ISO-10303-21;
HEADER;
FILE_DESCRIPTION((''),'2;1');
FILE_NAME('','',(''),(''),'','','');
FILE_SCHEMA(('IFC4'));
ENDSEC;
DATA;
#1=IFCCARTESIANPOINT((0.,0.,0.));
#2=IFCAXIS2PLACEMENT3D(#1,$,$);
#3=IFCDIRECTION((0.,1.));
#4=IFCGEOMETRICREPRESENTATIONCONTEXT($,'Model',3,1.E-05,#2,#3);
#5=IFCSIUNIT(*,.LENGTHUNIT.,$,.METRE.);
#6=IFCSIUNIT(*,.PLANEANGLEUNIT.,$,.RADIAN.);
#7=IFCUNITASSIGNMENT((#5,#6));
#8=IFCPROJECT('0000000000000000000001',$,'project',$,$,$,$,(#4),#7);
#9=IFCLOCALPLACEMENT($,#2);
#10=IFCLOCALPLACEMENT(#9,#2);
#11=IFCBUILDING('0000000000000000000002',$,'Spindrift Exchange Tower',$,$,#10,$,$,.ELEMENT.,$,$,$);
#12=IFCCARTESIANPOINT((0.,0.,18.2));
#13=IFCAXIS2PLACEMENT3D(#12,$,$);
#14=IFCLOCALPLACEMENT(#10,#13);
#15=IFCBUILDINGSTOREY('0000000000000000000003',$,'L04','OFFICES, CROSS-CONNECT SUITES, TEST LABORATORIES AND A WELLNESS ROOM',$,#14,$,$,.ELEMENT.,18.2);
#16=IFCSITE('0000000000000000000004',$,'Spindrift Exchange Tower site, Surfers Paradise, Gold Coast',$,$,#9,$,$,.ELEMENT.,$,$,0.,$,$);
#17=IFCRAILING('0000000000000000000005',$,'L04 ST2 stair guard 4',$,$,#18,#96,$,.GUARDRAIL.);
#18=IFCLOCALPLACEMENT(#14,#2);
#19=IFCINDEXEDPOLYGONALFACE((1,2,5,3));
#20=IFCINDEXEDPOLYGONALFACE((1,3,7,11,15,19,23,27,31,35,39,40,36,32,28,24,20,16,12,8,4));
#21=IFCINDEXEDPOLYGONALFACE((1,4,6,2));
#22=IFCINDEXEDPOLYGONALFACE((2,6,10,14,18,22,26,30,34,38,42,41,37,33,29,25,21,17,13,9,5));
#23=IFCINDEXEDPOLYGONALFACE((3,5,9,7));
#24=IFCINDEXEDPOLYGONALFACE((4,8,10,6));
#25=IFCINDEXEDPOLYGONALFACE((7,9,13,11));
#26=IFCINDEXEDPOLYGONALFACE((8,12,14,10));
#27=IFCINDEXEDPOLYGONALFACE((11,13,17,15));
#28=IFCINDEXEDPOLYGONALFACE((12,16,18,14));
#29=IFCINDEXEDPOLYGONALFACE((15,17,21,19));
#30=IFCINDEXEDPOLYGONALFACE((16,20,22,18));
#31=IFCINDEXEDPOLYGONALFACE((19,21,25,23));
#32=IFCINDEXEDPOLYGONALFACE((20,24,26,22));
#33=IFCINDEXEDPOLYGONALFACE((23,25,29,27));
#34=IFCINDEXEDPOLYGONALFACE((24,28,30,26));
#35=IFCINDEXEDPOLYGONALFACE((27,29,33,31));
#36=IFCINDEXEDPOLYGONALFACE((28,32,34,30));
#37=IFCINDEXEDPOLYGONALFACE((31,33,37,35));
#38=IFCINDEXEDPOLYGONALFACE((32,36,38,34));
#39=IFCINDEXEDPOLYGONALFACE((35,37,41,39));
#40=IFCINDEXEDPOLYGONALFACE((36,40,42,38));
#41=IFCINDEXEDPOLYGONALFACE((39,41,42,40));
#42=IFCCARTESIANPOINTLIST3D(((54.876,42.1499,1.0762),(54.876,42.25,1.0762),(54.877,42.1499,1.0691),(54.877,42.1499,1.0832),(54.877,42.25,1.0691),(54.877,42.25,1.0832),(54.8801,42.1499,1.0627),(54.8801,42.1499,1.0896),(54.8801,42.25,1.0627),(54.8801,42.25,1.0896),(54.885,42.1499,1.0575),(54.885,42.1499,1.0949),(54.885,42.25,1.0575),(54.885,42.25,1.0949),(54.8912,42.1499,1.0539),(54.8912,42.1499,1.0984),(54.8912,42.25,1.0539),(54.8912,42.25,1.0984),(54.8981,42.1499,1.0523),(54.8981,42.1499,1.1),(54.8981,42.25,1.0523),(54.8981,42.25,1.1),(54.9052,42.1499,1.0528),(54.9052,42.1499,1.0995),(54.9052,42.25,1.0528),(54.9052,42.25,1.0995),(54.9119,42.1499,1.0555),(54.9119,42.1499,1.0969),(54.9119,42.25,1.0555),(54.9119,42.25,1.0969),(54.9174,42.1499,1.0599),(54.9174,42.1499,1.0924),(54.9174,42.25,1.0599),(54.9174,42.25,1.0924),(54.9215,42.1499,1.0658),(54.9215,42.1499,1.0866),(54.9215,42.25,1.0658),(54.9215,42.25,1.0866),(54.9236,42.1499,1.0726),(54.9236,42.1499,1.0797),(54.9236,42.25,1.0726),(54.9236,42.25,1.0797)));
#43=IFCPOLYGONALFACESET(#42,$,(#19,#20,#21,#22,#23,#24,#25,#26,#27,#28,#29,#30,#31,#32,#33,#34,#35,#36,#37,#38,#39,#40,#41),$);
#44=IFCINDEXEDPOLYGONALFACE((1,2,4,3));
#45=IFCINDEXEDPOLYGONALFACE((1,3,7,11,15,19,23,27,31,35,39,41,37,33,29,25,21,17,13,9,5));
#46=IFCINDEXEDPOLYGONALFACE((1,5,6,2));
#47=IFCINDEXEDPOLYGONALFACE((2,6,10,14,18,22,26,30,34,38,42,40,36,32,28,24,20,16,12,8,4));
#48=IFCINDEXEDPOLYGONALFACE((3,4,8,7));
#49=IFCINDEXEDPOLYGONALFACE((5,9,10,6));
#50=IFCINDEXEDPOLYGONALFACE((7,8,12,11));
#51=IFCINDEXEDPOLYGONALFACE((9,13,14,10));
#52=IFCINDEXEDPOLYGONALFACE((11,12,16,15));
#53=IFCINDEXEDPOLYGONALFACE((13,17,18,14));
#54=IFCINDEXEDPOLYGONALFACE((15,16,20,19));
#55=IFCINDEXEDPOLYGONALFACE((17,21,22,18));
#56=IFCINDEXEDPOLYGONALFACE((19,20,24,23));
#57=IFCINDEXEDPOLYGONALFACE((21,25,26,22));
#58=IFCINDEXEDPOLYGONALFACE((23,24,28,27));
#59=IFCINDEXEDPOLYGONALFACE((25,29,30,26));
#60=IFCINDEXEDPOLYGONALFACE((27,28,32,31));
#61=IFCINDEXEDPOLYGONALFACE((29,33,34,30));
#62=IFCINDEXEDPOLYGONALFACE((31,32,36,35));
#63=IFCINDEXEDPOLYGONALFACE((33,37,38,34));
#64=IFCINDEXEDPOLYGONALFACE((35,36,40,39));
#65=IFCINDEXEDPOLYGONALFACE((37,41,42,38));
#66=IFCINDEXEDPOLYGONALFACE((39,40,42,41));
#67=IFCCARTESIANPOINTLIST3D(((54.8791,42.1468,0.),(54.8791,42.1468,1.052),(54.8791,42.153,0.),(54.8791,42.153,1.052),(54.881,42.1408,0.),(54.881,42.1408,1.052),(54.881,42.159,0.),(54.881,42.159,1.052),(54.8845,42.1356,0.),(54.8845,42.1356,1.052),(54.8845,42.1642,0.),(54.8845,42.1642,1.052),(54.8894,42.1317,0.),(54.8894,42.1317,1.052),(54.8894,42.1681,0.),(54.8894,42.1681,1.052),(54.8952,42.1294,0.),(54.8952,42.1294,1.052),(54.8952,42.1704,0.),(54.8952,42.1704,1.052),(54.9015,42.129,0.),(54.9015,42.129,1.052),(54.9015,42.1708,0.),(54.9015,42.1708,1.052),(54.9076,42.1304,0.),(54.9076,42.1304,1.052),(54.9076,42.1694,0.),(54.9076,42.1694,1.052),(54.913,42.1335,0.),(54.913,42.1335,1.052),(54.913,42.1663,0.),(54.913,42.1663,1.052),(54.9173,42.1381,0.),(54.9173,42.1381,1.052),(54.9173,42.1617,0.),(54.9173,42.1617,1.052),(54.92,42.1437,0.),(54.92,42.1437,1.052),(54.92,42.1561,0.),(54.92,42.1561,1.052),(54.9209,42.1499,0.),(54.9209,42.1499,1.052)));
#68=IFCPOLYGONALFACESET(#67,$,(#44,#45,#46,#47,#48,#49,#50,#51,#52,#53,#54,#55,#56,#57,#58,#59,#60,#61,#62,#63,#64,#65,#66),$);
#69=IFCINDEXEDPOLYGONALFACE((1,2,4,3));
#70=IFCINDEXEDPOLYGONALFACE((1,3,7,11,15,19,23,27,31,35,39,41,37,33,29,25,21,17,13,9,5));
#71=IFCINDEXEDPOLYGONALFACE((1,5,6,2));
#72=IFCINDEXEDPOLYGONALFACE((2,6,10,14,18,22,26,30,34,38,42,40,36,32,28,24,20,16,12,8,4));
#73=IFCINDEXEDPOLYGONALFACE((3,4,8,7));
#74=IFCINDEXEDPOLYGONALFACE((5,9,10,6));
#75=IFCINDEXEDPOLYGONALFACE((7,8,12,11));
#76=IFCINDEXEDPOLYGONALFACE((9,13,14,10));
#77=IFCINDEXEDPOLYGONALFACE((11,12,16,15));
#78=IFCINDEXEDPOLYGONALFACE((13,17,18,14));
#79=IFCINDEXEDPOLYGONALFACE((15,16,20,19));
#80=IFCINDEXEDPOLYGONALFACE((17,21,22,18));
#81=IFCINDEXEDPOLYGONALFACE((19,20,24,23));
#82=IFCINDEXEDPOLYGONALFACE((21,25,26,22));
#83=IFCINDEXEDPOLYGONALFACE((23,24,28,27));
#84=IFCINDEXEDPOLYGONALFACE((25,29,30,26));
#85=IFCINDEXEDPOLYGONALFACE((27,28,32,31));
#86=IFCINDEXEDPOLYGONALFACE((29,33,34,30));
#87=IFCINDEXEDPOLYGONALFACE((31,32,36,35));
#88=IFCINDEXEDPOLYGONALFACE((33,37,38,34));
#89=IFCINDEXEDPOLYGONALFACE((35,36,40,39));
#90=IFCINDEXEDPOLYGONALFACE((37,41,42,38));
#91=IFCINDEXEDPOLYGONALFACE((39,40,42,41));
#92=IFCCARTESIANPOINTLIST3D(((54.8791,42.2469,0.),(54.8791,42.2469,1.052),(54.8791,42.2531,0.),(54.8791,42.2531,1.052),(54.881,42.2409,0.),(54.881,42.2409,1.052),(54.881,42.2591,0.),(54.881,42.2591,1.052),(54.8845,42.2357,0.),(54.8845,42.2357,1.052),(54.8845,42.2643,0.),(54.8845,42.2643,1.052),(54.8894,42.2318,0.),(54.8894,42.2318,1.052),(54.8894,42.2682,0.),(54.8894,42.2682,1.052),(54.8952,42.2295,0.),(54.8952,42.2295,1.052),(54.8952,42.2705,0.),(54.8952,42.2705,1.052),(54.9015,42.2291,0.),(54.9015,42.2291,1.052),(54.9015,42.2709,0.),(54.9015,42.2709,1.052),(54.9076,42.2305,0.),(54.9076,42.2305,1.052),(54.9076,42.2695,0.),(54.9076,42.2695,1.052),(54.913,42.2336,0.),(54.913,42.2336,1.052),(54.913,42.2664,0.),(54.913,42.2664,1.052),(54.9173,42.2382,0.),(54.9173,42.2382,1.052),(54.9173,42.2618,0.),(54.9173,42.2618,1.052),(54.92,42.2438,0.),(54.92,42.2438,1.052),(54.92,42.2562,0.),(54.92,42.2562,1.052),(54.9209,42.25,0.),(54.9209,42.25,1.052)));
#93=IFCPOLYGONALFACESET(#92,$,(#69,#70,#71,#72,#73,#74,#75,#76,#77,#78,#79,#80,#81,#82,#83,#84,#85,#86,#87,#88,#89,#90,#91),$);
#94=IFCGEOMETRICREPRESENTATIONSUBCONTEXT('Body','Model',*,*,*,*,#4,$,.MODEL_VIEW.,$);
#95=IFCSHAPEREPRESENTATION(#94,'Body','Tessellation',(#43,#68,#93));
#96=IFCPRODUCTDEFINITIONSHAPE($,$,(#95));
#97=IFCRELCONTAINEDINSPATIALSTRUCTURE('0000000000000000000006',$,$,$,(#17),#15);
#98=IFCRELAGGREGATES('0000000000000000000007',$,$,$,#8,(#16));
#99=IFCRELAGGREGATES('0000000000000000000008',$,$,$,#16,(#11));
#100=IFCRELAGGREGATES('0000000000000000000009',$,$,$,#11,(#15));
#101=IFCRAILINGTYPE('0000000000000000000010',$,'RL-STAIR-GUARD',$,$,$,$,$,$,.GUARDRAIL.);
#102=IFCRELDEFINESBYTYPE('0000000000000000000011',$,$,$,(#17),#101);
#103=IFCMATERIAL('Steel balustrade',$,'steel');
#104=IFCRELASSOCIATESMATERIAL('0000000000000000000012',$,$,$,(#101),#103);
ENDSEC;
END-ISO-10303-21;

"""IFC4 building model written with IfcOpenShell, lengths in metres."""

from ifc_helpers import new_model, si_unit, direction, frame, origin, origin_2d, place, context, subcontext, project, spatial, circle, extrude, material, type_object, element, save


model = new_model("IFC4")

# Units and contexts
model_context = context("Model", 3, precision=1e-05, world=origin(), true_north=direction((0.0, 1.0)))
body_context = subcontext(model_context, "Body", "Model", "MODEL_VIEW")
ifc_project = project(units=[si_unit("LENGTHUNIT", "METRE"), si_unit("PLANEANGLEUNIT", "RADIAN")], contexts=[model_context])

# Site, building, storey
site_placement = place(None, origin())
site = spatial("IfcSite", under=ifc_project, at=site_placement, Name="Spindrift Exchange Tower site, Surfers Paradise, Gold Coast", CompositionType="ELEMENT", RefElevation=0.0)
building_placement = place(site_placement, origin())
building = spatial("IfcBuilding", under=site, at=building_placement, Name="Spindrift Exchange Tower", CompositionType="ELEMENT")
storey_placement = place(building_placement, frame((0.0, 0.0, 18.2)))
storey = spatial("IfcBuildingStorey", under=building, at=storey_placement, Name="L04", Description="OFFICES, CROSS-CONNECT SUITES, TEST LABORATORIES AND A WELLNESS ROOM", CompositionType="ELEMENT", Elevation=18.2)

# Railing
ifc_material_1 = material(Name="Steel balustrade", Category="steel")
railing_type_1 = type_object("IfcRailingType", Name="RL-STAIR-GUARD", PredefinedType="GUARDRAIL", material=ifc_material_1)
railing_1_placement = place(storey_placement, frame((54.8999, 42.1499, 0.0)))
element("IfcRailing", 1, at=railing_1_placement, inside=storey, type_object=railing_type_1, Name="L04 ST2 stair guard 4", PredefinedType="GUARDRAIL", context=body_context, shape_type="SweptSolid", body=[
    extrude(circle(Radius=0.0239, at=origin_2d()), frame((0.0, 0.0, 1.0762), z_axis=(0.0, 1.0, 0.0), x_axis=(-1.0, 0.0, 0.0)), (0.0, 0.0, 1.0), 0.1001),
    extrude(circle(Radius=0.021, at=origin_2d()), origin(), (0.0, 0.0, 1.0), 1.052),
    extrude(circle(Radius=0.021, at=origin_2d()), frame((0.0, 0.1001, 0.0)), (0.0, 0.0, 1.0), 1.052),
])

save(model, "model.ifc")
